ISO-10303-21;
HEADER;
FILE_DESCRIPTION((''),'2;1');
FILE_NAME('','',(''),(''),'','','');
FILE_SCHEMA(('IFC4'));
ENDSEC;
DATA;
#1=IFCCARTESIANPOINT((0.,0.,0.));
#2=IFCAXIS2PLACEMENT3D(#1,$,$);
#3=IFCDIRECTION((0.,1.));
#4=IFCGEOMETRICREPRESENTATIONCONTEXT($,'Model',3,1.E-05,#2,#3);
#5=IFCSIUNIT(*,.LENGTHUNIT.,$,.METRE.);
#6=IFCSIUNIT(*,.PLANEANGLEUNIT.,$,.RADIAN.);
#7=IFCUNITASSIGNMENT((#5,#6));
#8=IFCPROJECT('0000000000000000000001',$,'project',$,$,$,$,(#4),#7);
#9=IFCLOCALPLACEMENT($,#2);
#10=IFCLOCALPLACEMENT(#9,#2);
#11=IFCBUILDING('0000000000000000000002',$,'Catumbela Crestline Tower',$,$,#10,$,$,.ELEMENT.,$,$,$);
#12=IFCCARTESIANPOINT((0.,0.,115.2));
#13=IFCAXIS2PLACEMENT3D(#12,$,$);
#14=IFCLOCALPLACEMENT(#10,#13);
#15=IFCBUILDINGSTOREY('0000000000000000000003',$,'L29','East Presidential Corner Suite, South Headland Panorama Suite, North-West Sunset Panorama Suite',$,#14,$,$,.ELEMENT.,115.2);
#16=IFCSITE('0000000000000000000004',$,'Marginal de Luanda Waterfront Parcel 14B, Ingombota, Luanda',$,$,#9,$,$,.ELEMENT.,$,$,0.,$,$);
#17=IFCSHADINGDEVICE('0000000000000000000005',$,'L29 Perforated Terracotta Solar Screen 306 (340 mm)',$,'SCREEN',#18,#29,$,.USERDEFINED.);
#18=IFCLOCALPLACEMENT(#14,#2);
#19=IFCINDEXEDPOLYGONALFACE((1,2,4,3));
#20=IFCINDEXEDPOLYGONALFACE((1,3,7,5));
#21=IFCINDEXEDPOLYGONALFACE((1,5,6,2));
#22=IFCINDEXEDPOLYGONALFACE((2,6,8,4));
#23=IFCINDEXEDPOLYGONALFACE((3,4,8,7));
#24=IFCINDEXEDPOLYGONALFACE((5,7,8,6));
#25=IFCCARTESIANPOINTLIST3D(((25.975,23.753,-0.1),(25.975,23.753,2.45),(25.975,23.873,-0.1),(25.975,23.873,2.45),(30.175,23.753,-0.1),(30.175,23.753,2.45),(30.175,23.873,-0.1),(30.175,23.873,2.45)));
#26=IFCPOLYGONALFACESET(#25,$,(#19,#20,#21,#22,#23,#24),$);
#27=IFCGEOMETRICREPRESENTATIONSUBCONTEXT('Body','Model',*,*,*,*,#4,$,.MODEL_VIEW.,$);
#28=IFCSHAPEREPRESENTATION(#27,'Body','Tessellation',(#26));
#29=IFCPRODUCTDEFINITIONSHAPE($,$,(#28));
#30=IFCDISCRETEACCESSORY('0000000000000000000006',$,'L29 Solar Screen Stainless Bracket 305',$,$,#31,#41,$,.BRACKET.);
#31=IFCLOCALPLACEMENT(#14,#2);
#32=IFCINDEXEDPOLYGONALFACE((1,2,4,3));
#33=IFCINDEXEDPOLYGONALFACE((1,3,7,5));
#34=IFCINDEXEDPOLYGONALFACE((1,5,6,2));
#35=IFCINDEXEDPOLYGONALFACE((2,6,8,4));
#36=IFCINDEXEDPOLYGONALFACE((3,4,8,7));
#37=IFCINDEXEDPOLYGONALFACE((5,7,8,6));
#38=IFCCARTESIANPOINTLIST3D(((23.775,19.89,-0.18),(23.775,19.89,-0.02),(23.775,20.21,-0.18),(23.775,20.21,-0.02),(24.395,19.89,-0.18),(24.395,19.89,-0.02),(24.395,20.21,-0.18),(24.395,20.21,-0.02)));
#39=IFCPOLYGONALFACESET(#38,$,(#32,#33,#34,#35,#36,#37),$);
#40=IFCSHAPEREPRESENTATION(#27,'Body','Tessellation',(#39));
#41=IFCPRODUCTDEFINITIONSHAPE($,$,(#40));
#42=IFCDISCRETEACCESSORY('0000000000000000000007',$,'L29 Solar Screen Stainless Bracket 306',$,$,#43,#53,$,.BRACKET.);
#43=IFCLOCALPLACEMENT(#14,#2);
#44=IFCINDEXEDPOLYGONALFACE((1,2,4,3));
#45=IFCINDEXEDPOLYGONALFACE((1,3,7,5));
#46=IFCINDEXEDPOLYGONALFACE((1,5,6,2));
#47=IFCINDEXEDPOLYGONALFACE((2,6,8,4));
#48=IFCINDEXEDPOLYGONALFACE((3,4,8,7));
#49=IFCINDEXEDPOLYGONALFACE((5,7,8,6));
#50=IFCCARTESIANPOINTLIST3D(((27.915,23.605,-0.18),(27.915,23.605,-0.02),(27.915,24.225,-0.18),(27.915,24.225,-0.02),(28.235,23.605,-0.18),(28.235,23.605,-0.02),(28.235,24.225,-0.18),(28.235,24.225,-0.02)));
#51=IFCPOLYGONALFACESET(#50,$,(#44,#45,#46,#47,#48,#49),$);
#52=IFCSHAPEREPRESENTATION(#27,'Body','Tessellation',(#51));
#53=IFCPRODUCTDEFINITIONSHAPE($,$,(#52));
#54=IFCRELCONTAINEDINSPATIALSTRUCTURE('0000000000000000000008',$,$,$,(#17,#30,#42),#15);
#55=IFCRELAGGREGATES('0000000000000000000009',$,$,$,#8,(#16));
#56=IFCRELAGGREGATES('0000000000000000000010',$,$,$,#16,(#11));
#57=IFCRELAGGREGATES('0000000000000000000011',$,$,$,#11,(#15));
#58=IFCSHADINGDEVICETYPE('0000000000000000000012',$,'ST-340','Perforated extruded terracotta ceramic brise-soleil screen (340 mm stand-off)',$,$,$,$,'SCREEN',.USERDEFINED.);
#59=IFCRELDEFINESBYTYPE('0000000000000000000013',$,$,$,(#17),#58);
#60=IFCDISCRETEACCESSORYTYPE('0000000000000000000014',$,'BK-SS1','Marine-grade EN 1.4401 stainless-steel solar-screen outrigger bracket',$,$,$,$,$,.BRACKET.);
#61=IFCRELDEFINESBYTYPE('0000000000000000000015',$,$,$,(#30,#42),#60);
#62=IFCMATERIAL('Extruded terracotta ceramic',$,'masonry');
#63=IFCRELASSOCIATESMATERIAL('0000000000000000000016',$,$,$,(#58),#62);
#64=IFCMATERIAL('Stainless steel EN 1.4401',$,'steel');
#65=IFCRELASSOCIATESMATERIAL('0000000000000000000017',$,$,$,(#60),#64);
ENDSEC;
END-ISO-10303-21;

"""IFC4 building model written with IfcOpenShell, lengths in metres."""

from ifc_helpers import new_model, si_unit, direction, frame, origin, origin_2d, place, context, subcontext, project, spatial, rectangle, extrude, material, type_object, element, save


model = new_model("IFC4")

# Units and contexts
model_context = context("Model", 3, precision=1e-05, world=origin(), true_north=direction((0.0, 1.0)))
body_context = subcontext(model_context, "Body", "Model", "MODEL_VIEW")
ifc_project = project(units=[si_unit("LENGTHUNIT", "METRE"), si_unit("PLANEANGLEUNIT", "RADIAN")], contexts=[model_context])

# Site, building, storey
site_placement = place(None, origin())
site = spatial("IfcSite", under=ifc_project, at=site_placement, Name="Marginal de Luanda Waterfront Parcel 14B, Ingombota, Luanda", CompositionType="ELEMENT", RefElevation=0.0)
building_placement = place(site_placement, origin())
building = spatial("IfcBuilding", under=site, at=building_placement, Name="Catumbela Crestline Tower", CompositionType="ELEMENT")
storey_placement = place(building_placement, frame((0.0, 0.0, 115.2)))
storey = spatial("IfcBuildingStorey", under=building, at=storey_placement, Name="L29", Description="East Presidential Corner Suite, South Headland Panorama Suite, North-West Sunset Panorama Suite", CompositionType="ELEMENT", Elevation=115.2)

# Shared definitions
ifc_material_1 = material(Name="Stainless steel EN 1.4401", Category="steel")

# Shading device
ifc_material_2 = material(Name="Extruded terracotta ceramic", Category="masonry")
shading_device_type = type_object("IfcShadingDeviceType", Name="ST-340", Description="Perforated extruded terracotta ceramic brise-soleil screen (340 mm stand-off)", ElementType="SCREEN", PredefinedType="USERDEFINED", material=ifc_material_2)
for number, where, z_axis, x_axis, name in (
    (1, (28.075, 23.813, -0.1), (0.0, 0.0, 1.0), (1.0, 0.0, 0.0), "L29 Perforated Terracotta Solar Screen 306 (340 mm)"),
):
    element("IfcShadingDevice", number, at=place(storey_placement, frame(where, z_axis=z_axis, x_axis=x_axis)), inside=storey, type_object=shading_device_type, Name=name, ObjectType="SCREEN", PredefinedType="USERDEFINED", context=body_context, shape_type="SweptSolid", body=[
        extrude(rectangle(XDim=4.2, YDim=0.12, at=origin_2d()), origin(), (0.0, 0.0, 1.0), 2.55),
    ])

# Discrete accessories
discrete_accessory_type = type_object("IfcDiscreteAccessoryType", Name="BK-SS1", Description="Marine-grade EN 1.4401 stainless-steel solar-screen outrigger bracket", PredefinedType="BRACKET", material=ifc_material_1)
for number, where, z_axis, x_axis, name in (
    (2, (24.085, 20.05, -0.18), (0.0, 0.0, 1.0), (0.0, 1.0, 0.0), "L29 Solar Screen Stainless Bracket 305"),
    (3, (28.075, 23.915, -0.18), (0.0, 0.0, 1.0), (1.0, 0.0, 0.0), "L29 Solar Screen Stainless Bracket 306"),
):
    element("IfcDiscreteAccessory", number, at=place(storey_placement, frame(where, z_axis=z_axis, x_axis=x_axis)), inside=storey, type_object=discrete_accessory_type, Name=name, PredefinedType="BRACKET", context=body_context, shape_type="SweptSolid", body=[
        extrude(rectangle(XDim=0.32, YDim=0.62, at=origin_2d()), origin(), (0.0, 0.0, 1.0), 0.16),
    ])

save(model, "model.ifc")
